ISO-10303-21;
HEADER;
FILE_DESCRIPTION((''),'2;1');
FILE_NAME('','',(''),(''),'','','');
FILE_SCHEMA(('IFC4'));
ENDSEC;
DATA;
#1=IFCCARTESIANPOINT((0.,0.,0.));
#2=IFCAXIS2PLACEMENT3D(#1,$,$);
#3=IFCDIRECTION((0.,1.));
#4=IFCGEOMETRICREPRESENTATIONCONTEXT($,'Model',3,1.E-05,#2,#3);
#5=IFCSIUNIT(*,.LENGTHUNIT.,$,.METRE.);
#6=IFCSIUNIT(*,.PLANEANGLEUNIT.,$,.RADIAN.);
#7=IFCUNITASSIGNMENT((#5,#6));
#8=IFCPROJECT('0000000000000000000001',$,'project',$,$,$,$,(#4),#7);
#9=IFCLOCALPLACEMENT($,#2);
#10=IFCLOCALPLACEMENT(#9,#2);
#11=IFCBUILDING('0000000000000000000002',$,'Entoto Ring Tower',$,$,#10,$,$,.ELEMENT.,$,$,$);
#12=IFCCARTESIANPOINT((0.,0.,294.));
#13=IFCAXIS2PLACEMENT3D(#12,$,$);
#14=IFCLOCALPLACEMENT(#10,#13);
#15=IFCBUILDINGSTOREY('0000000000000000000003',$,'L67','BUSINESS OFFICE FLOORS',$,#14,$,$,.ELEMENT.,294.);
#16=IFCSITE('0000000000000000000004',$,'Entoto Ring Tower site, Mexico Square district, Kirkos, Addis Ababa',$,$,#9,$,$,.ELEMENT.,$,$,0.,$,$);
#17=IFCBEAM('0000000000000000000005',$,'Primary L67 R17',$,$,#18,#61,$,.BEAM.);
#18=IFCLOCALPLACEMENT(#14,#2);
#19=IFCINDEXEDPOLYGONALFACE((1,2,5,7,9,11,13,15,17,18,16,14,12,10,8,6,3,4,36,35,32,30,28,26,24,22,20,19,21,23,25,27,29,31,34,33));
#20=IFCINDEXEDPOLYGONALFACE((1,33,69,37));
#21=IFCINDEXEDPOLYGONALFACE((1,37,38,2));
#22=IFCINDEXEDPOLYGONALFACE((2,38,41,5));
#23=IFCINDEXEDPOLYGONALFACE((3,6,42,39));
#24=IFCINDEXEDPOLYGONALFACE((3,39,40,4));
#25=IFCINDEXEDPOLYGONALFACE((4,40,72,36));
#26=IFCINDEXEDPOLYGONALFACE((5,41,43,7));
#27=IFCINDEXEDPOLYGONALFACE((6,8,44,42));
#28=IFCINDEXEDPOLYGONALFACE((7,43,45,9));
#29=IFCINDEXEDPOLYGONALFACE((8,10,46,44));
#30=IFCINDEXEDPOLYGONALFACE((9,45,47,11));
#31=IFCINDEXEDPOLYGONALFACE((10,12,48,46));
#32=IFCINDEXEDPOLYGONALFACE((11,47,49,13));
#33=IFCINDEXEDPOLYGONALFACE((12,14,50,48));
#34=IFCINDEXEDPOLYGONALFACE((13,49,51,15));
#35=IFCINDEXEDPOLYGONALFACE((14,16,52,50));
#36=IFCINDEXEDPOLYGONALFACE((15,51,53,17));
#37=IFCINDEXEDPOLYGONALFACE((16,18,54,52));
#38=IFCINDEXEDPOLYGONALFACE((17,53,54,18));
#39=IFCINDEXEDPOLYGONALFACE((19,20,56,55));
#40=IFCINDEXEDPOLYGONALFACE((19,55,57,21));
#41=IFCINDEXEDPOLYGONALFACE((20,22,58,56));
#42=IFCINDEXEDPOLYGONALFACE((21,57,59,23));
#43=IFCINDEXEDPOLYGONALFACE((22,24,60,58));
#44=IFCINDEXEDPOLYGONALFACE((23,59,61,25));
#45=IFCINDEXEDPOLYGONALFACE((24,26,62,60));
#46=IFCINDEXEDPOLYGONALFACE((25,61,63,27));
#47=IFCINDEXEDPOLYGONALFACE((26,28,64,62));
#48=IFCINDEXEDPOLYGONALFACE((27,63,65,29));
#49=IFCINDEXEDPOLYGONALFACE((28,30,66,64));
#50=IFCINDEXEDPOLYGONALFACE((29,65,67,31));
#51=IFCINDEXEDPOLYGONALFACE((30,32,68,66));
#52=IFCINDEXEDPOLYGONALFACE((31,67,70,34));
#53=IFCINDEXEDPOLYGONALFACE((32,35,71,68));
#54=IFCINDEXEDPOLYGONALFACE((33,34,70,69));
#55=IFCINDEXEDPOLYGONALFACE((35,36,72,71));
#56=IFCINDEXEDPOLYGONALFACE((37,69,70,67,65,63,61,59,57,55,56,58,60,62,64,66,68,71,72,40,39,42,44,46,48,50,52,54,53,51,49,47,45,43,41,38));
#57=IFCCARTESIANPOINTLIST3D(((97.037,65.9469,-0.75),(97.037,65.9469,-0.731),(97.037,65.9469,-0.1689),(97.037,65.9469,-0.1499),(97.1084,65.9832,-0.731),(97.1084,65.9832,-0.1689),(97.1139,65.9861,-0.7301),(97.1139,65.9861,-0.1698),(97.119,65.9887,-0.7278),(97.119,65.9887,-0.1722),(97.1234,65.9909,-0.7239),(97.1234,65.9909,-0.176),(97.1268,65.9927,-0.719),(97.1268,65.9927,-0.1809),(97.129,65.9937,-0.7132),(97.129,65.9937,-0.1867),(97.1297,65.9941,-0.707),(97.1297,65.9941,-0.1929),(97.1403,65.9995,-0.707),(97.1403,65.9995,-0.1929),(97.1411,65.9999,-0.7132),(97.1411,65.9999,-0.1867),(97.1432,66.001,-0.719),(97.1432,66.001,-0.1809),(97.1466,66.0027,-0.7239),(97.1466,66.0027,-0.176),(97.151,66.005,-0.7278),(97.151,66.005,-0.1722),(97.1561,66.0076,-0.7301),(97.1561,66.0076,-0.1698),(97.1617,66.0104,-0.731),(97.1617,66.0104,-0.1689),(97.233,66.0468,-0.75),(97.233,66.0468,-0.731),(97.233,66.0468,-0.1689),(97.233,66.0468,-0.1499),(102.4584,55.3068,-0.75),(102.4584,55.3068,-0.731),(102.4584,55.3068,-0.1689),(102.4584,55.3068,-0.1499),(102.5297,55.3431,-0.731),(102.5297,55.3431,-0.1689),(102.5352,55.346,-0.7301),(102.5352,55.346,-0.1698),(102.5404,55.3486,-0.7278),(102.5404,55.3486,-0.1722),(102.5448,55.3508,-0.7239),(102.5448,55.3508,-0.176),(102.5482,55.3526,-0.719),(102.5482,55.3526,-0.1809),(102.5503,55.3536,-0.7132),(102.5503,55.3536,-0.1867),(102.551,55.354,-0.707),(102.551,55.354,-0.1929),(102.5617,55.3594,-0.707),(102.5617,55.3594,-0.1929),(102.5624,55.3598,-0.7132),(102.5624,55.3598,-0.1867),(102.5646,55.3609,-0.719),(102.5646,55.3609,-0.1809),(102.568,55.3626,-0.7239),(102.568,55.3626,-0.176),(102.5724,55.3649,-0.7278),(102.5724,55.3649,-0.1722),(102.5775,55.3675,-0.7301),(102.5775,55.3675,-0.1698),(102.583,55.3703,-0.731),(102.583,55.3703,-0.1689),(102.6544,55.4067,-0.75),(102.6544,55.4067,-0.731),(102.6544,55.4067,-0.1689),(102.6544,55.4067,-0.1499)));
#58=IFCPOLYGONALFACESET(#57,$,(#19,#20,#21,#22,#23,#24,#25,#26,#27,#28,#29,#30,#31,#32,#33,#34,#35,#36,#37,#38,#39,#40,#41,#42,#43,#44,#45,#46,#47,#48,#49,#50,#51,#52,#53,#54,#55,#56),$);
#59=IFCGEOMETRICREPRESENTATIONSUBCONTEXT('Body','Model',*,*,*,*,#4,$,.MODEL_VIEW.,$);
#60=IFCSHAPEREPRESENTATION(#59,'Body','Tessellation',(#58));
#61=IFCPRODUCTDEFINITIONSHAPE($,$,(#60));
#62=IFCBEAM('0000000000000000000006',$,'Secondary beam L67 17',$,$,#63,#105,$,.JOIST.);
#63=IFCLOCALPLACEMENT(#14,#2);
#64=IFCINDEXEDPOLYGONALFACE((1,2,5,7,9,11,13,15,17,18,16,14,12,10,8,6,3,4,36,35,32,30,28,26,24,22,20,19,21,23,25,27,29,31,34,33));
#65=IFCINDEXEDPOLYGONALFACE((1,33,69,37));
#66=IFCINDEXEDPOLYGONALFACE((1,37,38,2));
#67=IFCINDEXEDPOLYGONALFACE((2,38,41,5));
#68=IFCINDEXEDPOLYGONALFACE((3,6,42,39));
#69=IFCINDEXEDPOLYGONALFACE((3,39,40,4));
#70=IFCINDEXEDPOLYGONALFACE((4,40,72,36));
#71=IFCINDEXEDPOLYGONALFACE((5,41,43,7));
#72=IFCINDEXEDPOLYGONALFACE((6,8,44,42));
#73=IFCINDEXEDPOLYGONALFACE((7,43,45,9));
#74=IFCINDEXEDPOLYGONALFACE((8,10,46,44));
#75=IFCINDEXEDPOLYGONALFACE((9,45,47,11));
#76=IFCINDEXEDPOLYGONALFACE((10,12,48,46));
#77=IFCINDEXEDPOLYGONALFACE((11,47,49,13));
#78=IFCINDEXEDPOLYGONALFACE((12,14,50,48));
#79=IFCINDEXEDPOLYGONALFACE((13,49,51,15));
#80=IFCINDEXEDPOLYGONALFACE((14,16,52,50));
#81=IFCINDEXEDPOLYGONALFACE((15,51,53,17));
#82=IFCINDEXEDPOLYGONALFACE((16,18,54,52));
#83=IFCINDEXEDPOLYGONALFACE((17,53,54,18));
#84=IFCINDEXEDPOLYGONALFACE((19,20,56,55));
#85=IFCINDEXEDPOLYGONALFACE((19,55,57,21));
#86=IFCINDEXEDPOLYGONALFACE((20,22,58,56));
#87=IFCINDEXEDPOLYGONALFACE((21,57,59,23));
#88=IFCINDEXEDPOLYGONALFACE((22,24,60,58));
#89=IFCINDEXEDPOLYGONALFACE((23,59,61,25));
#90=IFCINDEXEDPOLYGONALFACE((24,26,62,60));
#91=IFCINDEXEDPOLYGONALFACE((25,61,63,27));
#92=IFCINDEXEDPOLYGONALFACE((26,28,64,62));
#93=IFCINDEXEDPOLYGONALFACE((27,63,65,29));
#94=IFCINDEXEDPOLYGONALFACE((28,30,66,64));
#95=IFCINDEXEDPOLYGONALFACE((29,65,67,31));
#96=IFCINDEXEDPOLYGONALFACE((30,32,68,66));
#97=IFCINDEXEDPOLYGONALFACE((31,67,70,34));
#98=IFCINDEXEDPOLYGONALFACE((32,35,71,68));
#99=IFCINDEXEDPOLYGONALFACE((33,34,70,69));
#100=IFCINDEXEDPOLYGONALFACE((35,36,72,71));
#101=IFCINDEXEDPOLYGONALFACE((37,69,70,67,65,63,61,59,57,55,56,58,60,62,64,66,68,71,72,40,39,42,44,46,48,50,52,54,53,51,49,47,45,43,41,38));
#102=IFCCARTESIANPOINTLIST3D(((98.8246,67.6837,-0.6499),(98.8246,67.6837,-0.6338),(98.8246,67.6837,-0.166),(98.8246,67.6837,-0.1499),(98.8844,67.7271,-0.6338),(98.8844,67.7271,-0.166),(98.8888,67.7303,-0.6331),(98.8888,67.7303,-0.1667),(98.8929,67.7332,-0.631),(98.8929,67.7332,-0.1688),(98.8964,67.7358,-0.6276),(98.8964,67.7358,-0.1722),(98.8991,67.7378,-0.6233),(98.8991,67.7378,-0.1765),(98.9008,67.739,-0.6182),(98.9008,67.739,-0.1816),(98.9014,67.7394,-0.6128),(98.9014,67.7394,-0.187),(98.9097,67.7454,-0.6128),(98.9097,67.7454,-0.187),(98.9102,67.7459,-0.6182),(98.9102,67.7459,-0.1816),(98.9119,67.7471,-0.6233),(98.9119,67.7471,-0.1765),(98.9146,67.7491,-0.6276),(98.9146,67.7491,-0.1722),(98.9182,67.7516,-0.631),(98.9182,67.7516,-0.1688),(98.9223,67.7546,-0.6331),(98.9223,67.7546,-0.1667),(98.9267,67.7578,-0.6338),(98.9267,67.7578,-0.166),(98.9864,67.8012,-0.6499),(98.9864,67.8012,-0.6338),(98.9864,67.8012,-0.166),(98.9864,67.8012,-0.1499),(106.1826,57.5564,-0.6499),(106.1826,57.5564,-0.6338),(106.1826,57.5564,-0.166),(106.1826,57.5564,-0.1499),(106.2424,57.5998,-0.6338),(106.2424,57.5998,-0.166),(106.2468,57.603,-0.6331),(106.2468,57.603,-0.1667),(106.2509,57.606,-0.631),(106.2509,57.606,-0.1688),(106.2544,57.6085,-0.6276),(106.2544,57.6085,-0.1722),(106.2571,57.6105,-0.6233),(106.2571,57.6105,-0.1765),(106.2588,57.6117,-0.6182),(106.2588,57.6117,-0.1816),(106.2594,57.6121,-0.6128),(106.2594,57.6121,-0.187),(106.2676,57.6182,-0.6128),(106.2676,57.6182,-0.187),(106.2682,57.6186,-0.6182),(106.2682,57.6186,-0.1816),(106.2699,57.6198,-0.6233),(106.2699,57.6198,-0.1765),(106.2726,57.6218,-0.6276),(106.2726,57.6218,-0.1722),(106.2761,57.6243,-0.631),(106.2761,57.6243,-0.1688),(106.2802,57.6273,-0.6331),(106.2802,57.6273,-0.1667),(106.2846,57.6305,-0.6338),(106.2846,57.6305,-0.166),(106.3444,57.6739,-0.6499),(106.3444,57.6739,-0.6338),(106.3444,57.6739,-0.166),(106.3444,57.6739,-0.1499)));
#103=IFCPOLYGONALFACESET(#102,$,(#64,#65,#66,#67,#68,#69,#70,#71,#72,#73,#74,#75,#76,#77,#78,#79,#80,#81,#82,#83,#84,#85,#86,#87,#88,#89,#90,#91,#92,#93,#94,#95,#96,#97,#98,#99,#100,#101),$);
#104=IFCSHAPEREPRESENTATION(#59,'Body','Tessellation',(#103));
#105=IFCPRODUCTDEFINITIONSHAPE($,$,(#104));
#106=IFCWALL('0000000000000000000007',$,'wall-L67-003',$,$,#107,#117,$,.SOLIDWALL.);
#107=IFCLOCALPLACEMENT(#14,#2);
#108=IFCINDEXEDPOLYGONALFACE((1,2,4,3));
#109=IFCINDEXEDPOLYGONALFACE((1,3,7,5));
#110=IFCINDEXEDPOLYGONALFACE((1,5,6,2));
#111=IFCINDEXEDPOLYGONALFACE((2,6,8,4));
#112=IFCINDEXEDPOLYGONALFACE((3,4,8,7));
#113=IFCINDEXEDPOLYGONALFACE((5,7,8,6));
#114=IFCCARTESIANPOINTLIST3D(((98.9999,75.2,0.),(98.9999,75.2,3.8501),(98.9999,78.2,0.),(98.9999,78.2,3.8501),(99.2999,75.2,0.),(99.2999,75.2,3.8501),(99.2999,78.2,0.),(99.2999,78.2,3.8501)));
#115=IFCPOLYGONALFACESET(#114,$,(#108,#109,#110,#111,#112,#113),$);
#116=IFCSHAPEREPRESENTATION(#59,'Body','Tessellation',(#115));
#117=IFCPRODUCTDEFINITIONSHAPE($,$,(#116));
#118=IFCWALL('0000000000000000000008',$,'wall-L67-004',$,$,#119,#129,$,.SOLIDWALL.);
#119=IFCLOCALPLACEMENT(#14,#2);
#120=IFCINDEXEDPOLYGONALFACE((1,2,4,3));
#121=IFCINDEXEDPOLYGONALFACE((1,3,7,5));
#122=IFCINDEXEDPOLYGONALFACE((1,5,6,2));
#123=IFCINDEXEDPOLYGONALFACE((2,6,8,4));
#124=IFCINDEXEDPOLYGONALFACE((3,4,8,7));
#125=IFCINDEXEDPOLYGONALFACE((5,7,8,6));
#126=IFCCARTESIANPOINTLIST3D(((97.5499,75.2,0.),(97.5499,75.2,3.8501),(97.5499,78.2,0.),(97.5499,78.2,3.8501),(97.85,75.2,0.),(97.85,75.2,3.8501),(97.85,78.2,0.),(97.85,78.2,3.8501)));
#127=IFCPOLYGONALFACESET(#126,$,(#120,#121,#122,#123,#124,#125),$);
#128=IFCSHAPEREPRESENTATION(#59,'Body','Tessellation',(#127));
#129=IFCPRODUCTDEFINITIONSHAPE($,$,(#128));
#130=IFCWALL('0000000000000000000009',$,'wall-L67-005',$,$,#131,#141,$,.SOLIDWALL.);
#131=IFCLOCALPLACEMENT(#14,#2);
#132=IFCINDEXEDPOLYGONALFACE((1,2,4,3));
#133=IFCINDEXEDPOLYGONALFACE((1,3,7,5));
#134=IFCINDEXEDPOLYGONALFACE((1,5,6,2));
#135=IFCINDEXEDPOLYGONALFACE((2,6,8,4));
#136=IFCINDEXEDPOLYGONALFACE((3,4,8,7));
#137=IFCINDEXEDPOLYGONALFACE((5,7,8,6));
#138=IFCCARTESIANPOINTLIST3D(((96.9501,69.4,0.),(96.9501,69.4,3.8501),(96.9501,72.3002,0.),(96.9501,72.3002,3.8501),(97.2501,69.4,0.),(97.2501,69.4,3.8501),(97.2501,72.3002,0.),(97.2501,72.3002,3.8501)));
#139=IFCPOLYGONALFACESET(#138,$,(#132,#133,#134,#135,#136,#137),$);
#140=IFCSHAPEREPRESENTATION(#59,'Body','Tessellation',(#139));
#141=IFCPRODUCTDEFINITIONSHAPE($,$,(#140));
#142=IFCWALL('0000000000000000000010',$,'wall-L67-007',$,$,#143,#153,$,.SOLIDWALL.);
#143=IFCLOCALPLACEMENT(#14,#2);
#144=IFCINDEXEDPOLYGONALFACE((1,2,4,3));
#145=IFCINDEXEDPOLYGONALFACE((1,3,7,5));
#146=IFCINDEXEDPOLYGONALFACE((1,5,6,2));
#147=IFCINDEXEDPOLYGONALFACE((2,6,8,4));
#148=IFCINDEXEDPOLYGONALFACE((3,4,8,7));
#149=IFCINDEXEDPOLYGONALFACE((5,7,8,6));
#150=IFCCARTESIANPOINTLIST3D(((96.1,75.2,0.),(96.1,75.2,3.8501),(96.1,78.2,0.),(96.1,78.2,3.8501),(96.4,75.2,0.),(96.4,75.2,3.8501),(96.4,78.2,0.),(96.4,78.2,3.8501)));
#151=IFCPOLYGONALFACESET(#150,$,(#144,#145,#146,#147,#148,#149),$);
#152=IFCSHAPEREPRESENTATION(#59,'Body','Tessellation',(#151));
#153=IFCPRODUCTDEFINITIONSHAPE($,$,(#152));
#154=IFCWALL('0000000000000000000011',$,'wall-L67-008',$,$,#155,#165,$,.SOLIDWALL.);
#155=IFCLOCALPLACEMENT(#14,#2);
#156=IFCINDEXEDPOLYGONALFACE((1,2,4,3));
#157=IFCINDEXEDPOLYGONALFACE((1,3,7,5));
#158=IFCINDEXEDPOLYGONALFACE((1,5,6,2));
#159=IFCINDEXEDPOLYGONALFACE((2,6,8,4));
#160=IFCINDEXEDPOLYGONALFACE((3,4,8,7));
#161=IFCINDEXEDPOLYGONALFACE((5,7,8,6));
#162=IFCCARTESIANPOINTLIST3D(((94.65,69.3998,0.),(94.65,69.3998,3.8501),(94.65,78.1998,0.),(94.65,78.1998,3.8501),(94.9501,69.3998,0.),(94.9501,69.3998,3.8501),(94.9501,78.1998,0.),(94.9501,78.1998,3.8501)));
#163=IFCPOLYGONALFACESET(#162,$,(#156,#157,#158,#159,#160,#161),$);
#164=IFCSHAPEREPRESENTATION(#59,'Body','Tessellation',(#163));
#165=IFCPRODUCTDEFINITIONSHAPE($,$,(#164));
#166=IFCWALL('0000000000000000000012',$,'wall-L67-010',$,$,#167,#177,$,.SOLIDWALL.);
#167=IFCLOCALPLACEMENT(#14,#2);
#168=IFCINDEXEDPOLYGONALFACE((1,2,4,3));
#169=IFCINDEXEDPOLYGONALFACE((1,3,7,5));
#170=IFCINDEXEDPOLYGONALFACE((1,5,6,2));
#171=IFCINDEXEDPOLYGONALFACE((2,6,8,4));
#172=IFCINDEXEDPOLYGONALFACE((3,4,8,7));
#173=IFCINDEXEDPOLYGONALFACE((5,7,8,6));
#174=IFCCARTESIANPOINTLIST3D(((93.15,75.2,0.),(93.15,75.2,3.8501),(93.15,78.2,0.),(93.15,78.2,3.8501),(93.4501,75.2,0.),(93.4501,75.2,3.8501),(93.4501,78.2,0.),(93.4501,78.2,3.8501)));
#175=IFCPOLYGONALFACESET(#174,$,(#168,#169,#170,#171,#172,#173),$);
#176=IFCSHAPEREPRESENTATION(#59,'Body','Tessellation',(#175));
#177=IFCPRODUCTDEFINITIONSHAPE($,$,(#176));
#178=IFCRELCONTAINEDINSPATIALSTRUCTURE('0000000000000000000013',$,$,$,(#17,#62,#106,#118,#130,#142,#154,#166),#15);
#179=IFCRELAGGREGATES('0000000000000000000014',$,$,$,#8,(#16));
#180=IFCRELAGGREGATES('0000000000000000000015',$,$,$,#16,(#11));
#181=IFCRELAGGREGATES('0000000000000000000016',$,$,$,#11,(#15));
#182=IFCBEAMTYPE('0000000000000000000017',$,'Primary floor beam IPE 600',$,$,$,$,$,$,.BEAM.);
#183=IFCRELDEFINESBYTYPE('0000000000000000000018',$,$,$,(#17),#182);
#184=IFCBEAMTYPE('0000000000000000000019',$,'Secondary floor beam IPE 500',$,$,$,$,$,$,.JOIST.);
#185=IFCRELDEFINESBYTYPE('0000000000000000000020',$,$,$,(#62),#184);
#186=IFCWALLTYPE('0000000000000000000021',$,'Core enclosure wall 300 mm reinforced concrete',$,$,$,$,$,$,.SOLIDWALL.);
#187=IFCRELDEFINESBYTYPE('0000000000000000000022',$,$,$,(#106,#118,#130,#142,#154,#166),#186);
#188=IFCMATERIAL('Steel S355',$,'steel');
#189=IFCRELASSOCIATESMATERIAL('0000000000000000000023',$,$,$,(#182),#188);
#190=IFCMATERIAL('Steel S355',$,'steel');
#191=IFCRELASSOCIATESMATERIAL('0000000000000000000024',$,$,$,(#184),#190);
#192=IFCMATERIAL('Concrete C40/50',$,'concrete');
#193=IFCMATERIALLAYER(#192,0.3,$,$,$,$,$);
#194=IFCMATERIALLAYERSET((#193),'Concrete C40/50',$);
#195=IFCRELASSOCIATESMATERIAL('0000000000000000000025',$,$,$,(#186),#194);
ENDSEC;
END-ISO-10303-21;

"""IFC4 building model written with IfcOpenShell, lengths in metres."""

from ifc_helpers import new_model, si_unit, direction, frame, frame_2d, origin, origin_2d, place, context, subcontext, project, spatial, rectangle, i_section, extrude, material, layer, layer_set, material_profile, profile_set, type_object, element, save


model = new_model("IFC4")

# Units and contexts
model_context = context("Model", 3, precision=1e-05, world=origin(), true_north=direction((0.0, 1.0)))
body_context = subcontext(model_context, "Body", "Model", "MODEL_VIEW")
ifc_project = project(units=[si_unit("LENGTHUNIT", "METRE"), si_unit("PLANEANGLEUNIT", "RADIAN")], contexts=[model_context])

# Site, building, storey
site_placement = place(None, origin())
site = spatial("IfcSite", under=ifc_project, at=site_placement, Name="Entoto Ring Tower site, Mexico Square district, Kirkos, Addis Ababa", CompositionType="ELEMENT", RefElevation=0.0)
building_placement = place(site_placement, origin())
building = spatial("IfcBuilding", under=site, at=building_placement, Name="Entoto Ring Tower", CompositionType="ELEMENT")
storey_placement = place(building_placement, frame((0.0, 0.0, 294.0)))
storey = spatial("IfcBuildingStorey", under=building, at=storey_placement, Name="L67", Description="BUSINESS OFFICE FLOORS", CompositionType="ELEMENT", Elevation=294.0)

# Beams
ifc_material_1 = material(Name="Steel S355", Category="steel")
ifc_material_profile_1 = material_profile(ifc_material_1, i_section(OverallWidth=0.22, OverallDepth=0.6001, WebThickness=0.012, FlangeThickness=0.019, FilletRadius=0.0239, at=origin_2d()), Name="IPE 600")
ifc_profile_set_1 = profile_set([ifc_material_profile_1], Name="Steel S355")
beam_type_1 = type_object("IfcBeamType", Name="Primary floor beam IPE 600", PredefinedType="BEAM", material=ifc_profile_set_1)
beam_1_placement = place(storey_placement, frame((97.135, 65.9968, -0.45), z_axis=(0.453988, -0.891008, 0.0), x_axis=(0.891008, 0.453988, 0.0)))
element("IfcBeam", 1, at=beam_1_placement, inside=storey, type_object=beam_type_1, Name="Primary L67 R17", PredefinedType="BEAM", context=body_context, shape_type="SweptSolid", body=[
    extrude(i_section(OverallWidth=0.22, OverallDepth=0.6001, WebThickness=0.012, FlangeThickness=0.019, FilletRadius=0.0239, at=origin_2d()), origin(), (0.0, 0.0, 1.0), 11.9417),
])
ifc_material_2 = material(Name="Steel S355", Category="steel")
ifc_material_profile_2 = material_profile(ifc_material_2, i_section(OverallWidth=0.2, OverallDepth=0.5, WebThickness=0.0103, FlangeThickness=0.0161, FilletRadius=0.021, at=origin_2d()), Name="IPE 500")
ifc_profile_set_2 = profile_set([ifc_material_profile_2], Name="Steel S355")
beam_type_2 = type_object("IfcBeamType", Name="Secondary floor beam IPE 500", PredefinedType="JOIST", material=ifc_profile_set_2)
beam_2_placement = place(storey_placement, frame((98.9055, 67.7424, -0.3999), z_axis=(0.587789, -0.809014, 0.0), x_axis=(0.809014, 0.587789, 0.0)))
element("IfcBeam", 2, at=beam_2_placement, inside=storey, type_object=beam_type_2, Name="Secondary beam L67 17", PredefinedType="JOIST", context=body_context, shape_type="SweptSolid", body=[
    extrude(i_section(OverallWidth=0.2, OverallDepth=0.5, WebThickness=0.0103, FlangeThickness=0.0161, FilletRadius=0.021, at=origin_2d()), origin(), (0.0, 0.0, 1.0), 12.5181),
])

# Walls
ifc_material_3 = material(Name="Concrete C40/50", Category="concrete")
ifc_layer_1 = layer(ifc_material_3, 0.3)
ifc_layer_set_1 = layer_set([ifc_layer_1], Name="Concrete C40/50")
wall_type_1 = type_object("IfcWallType", Name="Core enclosure wall 300 mm reinforced concrete", PredefinedType="SOLIDWALL", material=ifc_layer_set_1)
for number, where, z_axis, x_axis, name in (
    (3, (99.1499, 75.2, 0.0), (0.0, 0.0, 1.0), (0.0, 1.0, 0.0), "wall-L67-003"),
    (4, (97.7, 75.2, 0.0), (0.0, 0.0, 1.0), (0.0, 1.0, 0.0), "wall-L67-004"),
):
    element("IfcWall", number, at=place(storey_placement, frame(where, z_axis=z_axis, x_axis=x_axis)), inside=storey, type_object=wall_type_1, Name=name, PredefinedType="SOLIDWALL", context=body_context, shape_type="SweptSolid", body=[
        extrude(rectangle(XDim=3.0, YDim=0.3, at=frame_2d((1.5, 0.0))), origin(), (0.0, 0.0, 1.0), 3.8501),
    ])
wall_1_placement = place(storey_placement, frame((97.1001, 69.3999, 0.0), z_axis=(0.0, 0.0, 1.0), x_axis=(0.0, 1.0, 0.0)))
element("IfcWall", 5, at=wall_1_placement, inside=storey, type_object=wall_type_1, Name="wall-L67-005", PredefinedType="SOLIDWALL", context=body_context, shape_type="SweptSolid", body=[
    extrude(rectangle(XDim=2.9001, YDim=0.3, at=frame_2d((1.4502, 0.0))), origin(), (0.0, 0.0, 1.0), 3.8501),
])
wall_2_placement = place(storey_placement, frame((96.25, 75.2, 0.0), z_axis=(0.0, 0.0, 1.0), x_axis=(0.0, 1.0, 0.0)))
element("IfcWall", 6, at=wall_2_placement, inside=storey, type_object=wall_type_1, Name="wall-L67-007", PredefinedType="SOLIDWALL", context=body_context, shape_type="SweptSolid", body=[
    extrude(rectangle(XDim=3.0, YDim=0.3, at=frame_2d((1.5, 0.0))), origin(), (0.0, 0.0, 1.0), 3.8501),
])
wall_3_placement = place(storey_placement, frame((94.8, 69.3999, 0.0), z_axis=(0.0, 0.0, 1.0), x_axis=(0.0, 1.0, 0.0)))
element("IfcWall", 7, at=wall_3_placement, inside=storey, type_object=wall_type_1, Name="wall-L67-008", PredefinedType="SOLIDWALL", context=body_context, shape_type="SweptSolid", body=[
    extrude(rectangle(XDim=8.8, YDim=0.3, at=frame_2d((4.3999, 0.0))), origin(), (0.0, 0.0, 1.0), 3.8501),
])
wall_4_placement = place(storey_placement, frame((93.3, 75.2, 0.0), z_axis=(0.0, 0.0, 1.0), x_axis=(0.0, 1.0, 0.0)))
element("IfcWall", 8, at=wall_4_placement, inside=storey, type_object=wall_type_1, Name="wall-L67-010", PredefinedType="SOLIDWALL", context=body_context, shape_type="SweptSolid", body=[
    extrude(rectangle(XDim=3.0, YDim=0.3, at=frame_2d((1.5, 0.0))), origin(), (0.0, 0.0, 1.0), 3.8501),
])

save(model, "model.ifc")
